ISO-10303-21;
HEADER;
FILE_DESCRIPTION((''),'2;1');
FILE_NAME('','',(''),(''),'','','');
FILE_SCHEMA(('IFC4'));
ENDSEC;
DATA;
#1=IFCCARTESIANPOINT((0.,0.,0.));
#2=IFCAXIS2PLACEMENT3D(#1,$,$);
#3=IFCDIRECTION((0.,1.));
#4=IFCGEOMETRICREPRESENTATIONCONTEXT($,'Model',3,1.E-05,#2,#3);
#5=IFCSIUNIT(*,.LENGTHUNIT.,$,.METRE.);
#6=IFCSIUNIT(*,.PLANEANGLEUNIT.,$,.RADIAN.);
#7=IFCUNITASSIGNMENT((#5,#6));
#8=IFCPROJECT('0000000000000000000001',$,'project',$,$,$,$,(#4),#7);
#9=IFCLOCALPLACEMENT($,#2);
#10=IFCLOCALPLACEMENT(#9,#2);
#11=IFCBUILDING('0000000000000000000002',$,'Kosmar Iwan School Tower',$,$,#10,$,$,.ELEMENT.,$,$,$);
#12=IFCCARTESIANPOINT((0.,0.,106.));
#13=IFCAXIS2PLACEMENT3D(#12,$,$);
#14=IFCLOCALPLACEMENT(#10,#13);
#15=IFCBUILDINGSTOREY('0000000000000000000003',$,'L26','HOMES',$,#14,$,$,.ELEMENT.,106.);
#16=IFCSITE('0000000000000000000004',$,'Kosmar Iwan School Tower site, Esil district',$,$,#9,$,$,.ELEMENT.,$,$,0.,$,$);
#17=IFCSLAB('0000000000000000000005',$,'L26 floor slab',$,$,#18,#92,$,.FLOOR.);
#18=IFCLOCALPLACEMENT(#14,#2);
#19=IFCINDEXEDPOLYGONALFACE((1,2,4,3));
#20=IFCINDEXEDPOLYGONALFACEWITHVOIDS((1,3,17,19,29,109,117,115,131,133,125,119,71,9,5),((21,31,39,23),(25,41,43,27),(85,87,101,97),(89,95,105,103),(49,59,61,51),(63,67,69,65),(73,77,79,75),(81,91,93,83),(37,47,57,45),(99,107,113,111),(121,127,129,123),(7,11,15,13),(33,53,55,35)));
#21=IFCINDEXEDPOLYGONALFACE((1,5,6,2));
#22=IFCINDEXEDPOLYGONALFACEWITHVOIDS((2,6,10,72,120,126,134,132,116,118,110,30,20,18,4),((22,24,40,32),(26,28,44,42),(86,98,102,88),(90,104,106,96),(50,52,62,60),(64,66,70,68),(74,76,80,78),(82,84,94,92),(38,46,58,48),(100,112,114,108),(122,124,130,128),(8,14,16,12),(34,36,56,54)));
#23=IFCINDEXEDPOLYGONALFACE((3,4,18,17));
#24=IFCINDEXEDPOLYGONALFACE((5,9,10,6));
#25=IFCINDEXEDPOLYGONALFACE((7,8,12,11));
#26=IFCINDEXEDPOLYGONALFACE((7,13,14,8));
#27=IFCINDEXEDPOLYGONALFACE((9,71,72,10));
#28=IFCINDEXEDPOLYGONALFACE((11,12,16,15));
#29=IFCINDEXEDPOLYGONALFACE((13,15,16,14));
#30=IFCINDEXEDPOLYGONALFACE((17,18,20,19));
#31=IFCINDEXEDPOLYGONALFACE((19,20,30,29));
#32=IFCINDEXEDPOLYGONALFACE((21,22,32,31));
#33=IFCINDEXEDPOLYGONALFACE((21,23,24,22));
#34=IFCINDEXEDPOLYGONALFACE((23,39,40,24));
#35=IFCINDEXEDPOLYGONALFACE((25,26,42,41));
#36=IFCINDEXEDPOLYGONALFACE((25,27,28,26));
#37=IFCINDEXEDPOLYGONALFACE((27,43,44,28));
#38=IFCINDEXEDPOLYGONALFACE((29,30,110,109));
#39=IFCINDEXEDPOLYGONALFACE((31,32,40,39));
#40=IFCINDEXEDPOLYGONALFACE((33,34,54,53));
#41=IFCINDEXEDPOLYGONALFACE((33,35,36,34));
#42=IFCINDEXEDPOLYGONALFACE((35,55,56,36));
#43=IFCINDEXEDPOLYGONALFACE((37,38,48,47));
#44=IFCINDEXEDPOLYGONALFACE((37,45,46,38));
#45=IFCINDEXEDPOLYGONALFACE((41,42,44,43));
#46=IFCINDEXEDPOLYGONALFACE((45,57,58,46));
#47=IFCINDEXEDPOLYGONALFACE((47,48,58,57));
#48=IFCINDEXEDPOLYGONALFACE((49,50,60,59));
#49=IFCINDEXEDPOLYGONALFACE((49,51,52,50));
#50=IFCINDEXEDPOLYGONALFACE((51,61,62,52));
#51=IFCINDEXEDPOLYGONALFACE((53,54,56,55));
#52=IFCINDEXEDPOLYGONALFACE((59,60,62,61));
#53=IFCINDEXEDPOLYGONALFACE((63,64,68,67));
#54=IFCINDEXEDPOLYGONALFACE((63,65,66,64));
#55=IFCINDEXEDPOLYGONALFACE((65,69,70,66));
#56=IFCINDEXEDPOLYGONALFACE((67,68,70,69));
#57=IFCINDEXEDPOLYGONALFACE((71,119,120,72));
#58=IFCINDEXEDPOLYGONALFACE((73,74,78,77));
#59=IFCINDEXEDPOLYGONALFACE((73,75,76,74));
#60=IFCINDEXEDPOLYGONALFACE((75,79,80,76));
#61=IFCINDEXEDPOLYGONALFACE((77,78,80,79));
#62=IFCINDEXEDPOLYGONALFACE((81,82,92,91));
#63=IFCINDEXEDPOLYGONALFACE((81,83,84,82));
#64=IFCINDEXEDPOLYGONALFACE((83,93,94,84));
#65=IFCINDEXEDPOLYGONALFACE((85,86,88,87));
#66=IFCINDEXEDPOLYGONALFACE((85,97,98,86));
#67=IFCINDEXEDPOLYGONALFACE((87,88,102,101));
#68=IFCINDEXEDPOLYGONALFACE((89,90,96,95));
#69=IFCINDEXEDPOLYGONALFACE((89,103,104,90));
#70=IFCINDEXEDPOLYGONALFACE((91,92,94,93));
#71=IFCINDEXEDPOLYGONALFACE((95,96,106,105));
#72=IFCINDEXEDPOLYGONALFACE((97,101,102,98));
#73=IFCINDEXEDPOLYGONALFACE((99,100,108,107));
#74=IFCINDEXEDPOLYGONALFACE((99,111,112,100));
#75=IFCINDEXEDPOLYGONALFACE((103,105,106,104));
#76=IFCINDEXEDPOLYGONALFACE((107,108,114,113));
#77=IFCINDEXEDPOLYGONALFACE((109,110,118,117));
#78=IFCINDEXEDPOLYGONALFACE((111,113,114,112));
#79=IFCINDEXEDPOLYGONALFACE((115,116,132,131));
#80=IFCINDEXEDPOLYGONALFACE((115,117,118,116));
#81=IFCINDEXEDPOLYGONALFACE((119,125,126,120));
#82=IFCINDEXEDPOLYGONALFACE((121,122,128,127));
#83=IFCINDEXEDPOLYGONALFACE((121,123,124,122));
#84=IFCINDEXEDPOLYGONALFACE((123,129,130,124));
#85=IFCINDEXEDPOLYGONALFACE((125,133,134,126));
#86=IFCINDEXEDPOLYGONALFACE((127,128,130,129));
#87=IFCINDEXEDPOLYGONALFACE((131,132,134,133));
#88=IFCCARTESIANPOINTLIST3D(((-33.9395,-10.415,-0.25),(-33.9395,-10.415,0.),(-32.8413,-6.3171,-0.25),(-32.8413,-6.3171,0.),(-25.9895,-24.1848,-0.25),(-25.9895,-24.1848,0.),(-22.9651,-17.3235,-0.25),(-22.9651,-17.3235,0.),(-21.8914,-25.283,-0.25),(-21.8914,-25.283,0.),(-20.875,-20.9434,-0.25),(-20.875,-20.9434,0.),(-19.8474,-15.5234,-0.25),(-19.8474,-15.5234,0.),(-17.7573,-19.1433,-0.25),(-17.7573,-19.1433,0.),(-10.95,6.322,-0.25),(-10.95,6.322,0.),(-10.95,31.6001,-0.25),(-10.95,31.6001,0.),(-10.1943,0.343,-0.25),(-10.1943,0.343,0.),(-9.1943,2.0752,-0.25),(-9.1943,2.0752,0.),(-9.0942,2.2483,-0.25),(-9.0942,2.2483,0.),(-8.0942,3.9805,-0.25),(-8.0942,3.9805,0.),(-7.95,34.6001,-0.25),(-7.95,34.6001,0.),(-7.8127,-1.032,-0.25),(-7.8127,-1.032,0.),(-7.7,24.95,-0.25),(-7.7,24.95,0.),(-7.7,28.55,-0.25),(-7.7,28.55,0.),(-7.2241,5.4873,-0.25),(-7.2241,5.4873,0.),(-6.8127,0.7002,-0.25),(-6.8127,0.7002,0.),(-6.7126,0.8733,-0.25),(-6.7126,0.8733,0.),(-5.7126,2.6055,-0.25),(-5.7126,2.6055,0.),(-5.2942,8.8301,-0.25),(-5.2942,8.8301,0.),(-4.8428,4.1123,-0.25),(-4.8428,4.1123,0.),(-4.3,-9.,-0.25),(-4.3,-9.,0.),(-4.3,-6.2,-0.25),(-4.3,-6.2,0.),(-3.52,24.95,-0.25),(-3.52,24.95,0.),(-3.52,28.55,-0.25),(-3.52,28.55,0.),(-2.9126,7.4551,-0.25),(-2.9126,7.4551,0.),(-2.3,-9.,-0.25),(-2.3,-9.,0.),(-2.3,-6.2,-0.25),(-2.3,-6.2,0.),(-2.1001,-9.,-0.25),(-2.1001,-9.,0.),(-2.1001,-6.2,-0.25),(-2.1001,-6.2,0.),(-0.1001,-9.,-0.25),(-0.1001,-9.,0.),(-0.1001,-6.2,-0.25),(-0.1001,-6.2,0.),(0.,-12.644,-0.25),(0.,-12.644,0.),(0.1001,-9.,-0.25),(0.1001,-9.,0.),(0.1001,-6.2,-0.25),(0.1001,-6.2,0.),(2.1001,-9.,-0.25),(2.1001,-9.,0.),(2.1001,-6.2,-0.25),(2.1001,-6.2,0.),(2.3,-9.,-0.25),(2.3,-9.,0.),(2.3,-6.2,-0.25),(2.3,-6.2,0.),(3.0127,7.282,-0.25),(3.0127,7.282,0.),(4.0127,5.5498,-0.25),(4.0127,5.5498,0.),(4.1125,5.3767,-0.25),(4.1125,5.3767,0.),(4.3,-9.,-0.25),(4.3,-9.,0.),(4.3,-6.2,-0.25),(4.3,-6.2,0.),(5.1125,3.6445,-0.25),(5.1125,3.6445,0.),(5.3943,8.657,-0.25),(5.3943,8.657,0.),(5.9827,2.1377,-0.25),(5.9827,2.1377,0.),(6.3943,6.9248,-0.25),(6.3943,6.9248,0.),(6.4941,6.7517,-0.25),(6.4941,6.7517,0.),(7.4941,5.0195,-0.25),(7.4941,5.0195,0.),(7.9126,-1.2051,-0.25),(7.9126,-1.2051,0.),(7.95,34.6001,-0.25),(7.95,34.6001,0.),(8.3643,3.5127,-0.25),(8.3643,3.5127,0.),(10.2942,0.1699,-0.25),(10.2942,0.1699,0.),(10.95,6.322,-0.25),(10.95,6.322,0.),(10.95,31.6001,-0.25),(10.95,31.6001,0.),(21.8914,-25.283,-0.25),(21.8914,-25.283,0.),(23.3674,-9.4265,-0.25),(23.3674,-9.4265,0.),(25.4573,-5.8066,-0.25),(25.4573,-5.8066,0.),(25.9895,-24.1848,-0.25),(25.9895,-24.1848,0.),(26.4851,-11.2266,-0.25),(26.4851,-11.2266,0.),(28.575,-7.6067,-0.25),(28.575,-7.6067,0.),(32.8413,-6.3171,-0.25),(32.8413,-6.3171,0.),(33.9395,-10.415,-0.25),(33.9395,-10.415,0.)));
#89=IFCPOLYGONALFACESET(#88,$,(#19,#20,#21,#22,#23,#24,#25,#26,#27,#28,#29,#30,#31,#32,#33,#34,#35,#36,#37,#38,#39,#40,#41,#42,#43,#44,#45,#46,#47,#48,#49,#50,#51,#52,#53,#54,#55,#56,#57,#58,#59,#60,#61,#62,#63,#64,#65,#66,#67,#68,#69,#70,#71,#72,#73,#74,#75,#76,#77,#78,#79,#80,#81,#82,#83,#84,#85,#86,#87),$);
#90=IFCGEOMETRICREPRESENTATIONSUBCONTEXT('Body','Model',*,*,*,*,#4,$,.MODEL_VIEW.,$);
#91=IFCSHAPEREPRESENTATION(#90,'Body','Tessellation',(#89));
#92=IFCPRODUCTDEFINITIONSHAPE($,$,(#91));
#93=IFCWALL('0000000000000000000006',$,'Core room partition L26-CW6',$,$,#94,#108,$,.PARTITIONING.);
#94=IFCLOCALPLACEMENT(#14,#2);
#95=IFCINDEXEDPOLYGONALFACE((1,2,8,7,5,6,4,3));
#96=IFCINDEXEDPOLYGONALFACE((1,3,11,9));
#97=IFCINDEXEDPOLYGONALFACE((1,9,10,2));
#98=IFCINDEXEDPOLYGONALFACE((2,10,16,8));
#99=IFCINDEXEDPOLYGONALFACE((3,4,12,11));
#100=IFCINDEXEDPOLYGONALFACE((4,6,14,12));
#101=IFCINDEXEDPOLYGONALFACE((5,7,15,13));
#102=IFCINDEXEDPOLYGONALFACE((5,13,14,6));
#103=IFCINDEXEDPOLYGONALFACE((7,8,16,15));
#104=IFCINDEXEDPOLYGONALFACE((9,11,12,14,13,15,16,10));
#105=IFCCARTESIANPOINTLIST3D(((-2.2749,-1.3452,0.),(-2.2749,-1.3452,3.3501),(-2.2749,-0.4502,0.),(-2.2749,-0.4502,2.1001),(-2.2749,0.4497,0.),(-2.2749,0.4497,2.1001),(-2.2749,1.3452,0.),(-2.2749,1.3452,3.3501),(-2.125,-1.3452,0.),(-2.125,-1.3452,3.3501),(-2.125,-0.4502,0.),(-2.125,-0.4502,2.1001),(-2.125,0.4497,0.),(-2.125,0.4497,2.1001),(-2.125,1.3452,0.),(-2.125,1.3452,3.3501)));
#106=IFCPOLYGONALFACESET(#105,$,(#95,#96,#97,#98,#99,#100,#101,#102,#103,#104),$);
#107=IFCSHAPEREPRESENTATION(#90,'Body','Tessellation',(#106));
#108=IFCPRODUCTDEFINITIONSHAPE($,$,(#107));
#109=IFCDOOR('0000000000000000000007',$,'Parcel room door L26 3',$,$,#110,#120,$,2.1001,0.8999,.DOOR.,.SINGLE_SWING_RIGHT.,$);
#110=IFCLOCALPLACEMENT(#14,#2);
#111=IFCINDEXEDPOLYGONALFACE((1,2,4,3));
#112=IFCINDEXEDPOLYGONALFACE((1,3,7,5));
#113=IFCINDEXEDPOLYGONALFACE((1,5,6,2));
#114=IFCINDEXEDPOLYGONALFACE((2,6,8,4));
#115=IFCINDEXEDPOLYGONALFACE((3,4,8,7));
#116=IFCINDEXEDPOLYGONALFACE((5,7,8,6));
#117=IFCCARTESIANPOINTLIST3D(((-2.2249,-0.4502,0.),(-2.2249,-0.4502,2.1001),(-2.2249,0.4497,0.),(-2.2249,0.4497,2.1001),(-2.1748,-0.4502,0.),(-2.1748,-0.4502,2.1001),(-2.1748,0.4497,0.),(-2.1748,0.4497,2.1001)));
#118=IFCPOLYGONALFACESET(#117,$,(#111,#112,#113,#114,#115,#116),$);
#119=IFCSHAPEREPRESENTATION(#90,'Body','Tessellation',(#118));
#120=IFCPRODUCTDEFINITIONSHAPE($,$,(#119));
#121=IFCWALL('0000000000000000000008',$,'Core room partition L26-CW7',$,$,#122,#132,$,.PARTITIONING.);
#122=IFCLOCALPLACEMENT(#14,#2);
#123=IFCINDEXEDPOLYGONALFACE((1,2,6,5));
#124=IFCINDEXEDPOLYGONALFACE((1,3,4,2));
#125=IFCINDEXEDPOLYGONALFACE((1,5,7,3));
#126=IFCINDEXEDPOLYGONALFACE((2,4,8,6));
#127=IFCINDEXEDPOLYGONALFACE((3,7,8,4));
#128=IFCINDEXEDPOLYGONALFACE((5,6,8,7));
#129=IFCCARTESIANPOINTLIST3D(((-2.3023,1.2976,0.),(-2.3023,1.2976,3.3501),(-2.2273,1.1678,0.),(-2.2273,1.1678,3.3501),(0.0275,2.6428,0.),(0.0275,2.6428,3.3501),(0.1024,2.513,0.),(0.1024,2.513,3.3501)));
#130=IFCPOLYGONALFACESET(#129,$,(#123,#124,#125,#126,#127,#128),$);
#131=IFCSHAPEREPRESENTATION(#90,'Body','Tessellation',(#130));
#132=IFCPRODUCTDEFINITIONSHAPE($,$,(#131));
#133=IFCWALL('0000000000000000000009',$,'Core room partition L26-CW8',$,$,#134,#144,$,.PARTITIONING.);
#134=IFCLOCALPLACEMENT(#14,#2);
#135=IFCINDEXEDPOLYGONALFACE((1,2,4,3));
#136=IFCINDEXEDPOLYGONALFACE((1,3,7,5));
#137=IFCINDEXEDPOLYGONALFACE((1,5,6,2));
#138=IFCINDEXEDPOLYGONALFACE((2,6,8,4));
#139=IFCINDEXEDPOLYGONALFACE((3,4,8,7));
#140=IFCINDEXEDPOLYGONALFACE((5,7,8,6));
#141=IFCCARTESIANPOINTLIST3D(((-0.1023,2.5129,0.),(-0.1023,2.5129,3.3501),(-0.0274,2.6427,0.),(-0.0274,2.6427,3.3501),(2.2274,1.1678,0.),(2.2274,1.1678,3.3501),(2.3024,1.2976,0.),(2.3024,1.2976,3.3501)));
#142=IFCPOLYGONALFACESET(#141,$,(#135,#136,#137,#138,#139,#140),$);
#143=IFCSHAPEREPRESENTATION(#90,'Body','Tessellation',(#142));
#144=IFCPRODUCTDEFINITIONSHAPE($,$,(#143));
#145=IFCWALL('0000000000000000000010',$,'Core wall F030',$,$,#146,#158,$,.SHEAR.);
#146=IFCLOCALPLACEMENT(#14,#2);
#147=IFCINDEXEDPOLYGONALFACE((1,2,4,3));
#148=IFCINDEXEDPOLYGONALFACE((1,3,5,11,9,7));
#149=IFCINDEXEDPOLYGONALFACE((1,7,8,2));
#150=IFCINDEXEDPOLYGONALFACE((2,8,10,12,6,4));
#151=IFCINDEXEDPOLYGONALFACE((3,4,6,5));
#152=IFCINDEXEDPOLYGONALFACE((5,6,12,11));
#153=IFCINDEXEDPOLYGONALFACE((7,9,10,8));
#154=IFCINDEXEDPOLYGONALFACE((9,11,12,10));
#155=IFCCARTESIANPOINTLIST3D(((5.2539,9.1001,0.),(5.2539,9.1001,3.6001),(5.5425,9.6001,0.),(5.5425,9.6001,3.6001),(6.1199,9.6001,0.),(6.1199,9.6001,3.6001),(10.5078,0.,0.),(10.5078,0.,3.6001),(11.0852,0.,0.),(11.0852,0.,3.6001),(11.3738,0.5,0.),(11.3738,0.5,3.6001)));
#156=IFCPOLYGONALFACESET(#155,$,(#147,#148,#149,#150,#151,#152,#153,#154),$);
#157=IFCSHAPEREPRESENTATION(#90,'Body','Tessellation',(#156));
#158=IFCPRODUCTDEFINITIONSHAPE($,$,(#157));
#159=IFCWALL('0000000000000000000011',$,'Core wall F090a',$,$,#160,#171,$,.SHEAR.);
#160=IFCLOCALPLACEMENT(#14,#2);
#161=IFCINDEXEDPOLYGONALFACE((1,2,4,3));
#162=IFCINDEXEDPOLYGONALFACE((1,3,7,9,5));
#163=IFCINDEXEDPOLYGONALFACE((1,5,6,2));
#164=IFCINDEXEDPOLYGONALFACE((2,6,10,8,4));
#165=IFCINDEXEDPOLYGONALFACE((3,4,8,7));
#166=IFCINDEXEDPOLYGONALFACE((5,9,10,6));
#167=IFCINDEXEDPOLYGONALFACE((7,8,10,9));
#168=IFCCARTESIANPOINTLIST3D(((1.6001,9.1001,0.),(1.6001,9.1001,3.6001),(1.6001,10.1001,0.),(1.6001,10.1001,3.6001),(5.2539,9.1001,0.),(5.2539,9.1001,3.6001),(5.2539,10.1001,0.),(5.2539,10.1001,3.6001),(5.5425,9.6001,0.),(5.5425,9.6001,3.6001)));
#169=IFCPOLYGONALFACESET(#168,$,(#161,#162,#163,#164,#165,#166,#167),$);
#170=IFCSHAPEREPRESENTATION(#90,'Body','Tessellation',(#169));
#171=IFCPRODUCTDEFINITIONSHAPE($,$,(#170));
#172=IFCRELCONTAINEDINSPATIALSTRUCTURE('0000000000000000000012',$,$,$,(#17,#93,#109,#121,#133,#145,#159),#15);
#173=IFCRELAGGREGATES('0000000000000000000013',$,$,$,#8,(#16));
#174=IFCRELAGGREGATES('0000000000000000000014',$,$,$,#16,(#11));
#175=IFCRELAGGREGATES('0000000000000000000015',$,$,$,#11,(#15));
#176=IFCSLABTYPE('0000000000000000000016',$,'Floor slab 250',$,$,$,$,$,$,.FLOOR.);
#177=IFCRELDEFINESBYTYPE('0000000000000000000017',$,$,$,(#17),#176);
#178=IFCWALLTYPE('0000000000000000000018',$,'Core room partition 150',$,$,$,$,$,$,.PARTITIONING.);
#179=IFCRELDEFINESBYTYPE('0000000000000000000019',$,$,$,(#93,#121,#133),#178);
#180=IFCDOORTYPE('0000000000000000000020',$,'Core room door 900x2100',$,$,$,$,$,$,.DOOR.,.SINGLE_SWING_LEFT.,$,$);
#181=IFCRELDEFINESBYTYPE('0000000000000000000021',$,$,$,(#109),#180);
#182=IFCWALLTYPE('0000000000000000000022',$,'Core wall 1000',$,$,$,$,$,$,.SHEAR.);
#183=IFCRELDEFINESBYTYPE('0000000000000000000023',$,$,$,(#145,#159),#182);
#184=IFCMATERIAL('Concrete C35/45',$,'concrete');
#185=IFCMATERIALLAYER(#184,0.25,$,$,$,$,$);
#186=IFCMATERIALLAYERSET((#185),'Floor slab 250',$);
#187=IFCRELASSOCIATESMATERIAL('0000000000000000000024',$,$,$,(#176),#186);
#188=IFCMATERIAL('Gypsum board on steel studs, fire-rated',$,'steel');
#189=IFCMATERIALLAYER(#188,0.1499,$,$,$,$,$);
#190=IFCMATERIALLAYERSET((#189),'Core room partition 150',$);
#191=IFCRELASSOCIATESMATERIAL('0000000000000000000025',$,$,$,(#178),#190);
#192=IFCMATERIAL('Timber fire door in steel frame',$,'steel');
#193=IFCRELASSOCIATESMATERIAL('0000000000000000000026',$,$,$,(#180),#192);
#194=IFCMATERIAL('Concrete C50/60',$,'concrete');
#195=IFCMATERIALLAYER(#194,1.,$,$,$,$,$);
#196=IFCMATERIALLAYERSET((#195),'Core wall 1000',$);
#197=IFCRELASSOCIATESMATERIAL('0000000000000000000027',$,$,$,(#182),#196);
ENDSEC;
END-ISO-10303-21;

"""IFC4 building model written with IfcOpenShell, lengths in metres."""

from ifc_helpers import new_model, si_unit, direction, frame, frame_2d, origin, place, context, subcontext, project, spatial, polyline, rectangle, outline, extrude, material, layer, layer_set, type_object, element, fill, save


model = new_model("IFC4")

# Units and contexts
model_context = context("Model", 3, precision=1e-05, world=origin(), true_north=direction((0.0, 1.0)))
body_context = subcontext(model_context, "Body", "Model", "MODEL_VIEW")
ifc_project = project(units=[si_unit("LENGTHUNIT", "METRE"), si_unit("PLANEANGLEUNIT", "RADIAN")], contexts=[model_context])

# Site, building, storey
site_placement = place(None, origin())
site = spatial("IfcSite", under=ifc_project, at=site_placement, Name="Kosmar Iwan School Tower site, Esil district", CompositionType="ELEMENT", RefElevation=0.0)
building_placement = place(site_placement, origin())
building = spatial("IfcBuilding", under=site, at=building_placement, Name="Kosmar Iwan School Tower", CompositionType="ELEMENT")
storey_placement = place(building_placement, frame((0.0, 0.0, 106.0)))
storey = spatial("IfcBuildingStorey", under=building, at=storey_placement, Name="L26", Description="HOMES", CompositionType="ELEMENT", Elevation=106.0)

# Slab
ifc_material_1 = material(Name="Concrete C35/45", Category="concrete")
ifc_layer_1 = layer(ifc_material_1, 0.25)
ifc_layer_set_1 = layer_set([ifc_layer_1], Name="Floor slab 250")
slab_type = type_object("IfcSlabType", Name="Floor slab 250", PredefinedType="FLOOR", material=ifc_layer_set_1)
slab_placement = place(storey_placement, frame((0.0, 0.0, -0.25)))
element("IfcSlab", 1, at=slab_placement, inside=storey, type_object=slab_type, Name="L26 floor slab", PredefinedType="FLOOR", context=body_context, shape_type="SweptSolid", body=[
    extrude(outline(polyline([(-21.8914, -25.283), (0.0, -12.644), (21.8914, -25.283), (25.9895, -24.1848), (33.9395, -10.415), (32.8413, -6.3171), (10.95, 6.322), (10.95, 31.6001), (7.95, 34.6001), (-7.95, 34.6001), (-10.95, 31.6001), (-10.95, 6.322), (-32.8413, -6.3171), (-33.9395, -10.415), (-25.9895, -24.1848), (-21.8914, -25.283)]), holes=[polyline([(7.9126, -1.2051), (10.2942, 0.1699), (8.3643, 3.5127), (5.9827, 2.1377), (7.9126, -1.2051)]), polyline([(-2.9126, 7.4551), (-5.2942, 8.8301), (-7.2241, 5.4873), (-4.8428, 4.1123), (-2.9126, 7.4551)]), polyline([(-5.7126, 2.6055), (-8.0942, 3.9805), (-9.0942, 2.2483), (-6.7126, 0.8733), (-5.7126, 2.6055)]), polyline([(-6.8127, 0.7002), (-9.1943, 2.0752), (-10.1943, 0.343), (-7.8127, -1.032), (-6.8127, 0.7002)]), polyline([(5.1125, 3.6445), (7.4941, 5.0195), (6.4941, 6.7517), (4.1125, 5.3767), (5.1125, 3.6445)]), polyline([(4.0127, 5.5498), (6.3943, 6.9248), (5.3943, 8.657), (3.0127, 7.282), (4.0127, 5.5498)]), polyline([(-4.3, -6.2), (-4.3, -9.0), (-2.3, -9.0), (-2.3, -6.2), (-4.3, -6.2)]), polyline([(-2.1001, -6.2), (-2.1001, -9.0), (-0.1001, -9.0), (-0.1001, -6.2), (-2.1001, -6.2)]), polyline([(0.1001, -6.2), (0.1001, -9.0), (2.1001, -9.0), (2.1001, -6.2), (0.1001, -6.2)]), polyline([(2.3, -6.2), (2.3, -9.0), (4.3, -9.0), (4.3, -6.2), (2.3, -6.2)]), polyline([(-3.52, 24.95), (-3.52, 28.55), (-7.7, 28.55), (-7.7, 24.95), (-3.52, 24.95)]), polyline([(-19.8474, -15.5234), (-22.9651, -17.3235), (-20.875, -20.9434), (-17.7573, -19.1433), (-19.8474, -15.5234)]), polyline([(23.3674, -9.4265), (26.4851, -11.2266), (28.575, -7.6067), (25.4573, -5.8066), (23.3674, -9.4265)])]), origin(), (0.0, 0.0, 1.0), 0.25),
])

# Wall, opening, door
ifc_material_2 = material(Name="Gypsum board on steel studs, fire-rated", Category="steel")
ifc_layer_2 = layer(ifc_material_2, 0.1499)
ifc_layer_set_2 = layer_set([ifc_layer_2], Name="Core room partition 150")
wall_type_1 = type_object("IfcWallType", Name="Core room partition 150", PredefinedType="PARTITIONING", material=ifc_layer_set_2)
wall_1_placement = place(storey_placement, frame((-2.2, -1.3452, 0.0), z_axis=(0.0, 0.0, 1.0), x_axis=(0.0, 1.0, 0.0)))
wall_1 = element("IfcWall", 2, at=wall_1_placement, inside=storey, type_object=wall_type_1, Name="Core room partition L26-CW6", PredefinedType="PARTITIONING", context=body_context, shape_type="SweptSolid", body=[
    extrude(rectangle(XDim=2.6904, YDim=0.1499, at=frame_2d((1.3452, 0.0))), origin(), (0.0, 0.0, 1.0), 3.3501),
])
opening_placement = place(wall_1_placement, frame((0.895, 0.0, 0.0)))
opening = element("IfcOpeningElement", 3, at=opening_placement, cuts=wall_1, PredefinedType="OPENING", context=body_context, shape_type="SweptSolid", body=[
    extrude(rectangle(XDim=0.8999, YDim=2.1001, at=frame_2d((0.45, 1.05))), frame((0.0, 0.0869, 0.0), z_axis=(0.0, -1.0, 0.0), x_axis=(1.0, 0.0, 0.0)), (0.0, 0.0, 1.0), 0.1738),
])
ifc_material_3 = material(Name="Timber fire door in steel frame", Category="steel")
door_type = type_object("IfcDoorType", Name="Core room door 900x2100", OperationType="SINGLE_SWING_LEFT", PredefinedType="DOOR", material=ifc_material_3)
door_placement = place(opening_placement, origin())
door = element("IfcDoor", 4, at=door_placement, inside=storey, type_object=door_type, Name="Parcel room door L26 3", OperationType="SINGLE_SWING_RIGHT", OverallHeight=2.1001, OverallWidth=0.8999, PredefinedType="DOOR", context=body_context, shape_type="SweptSolid", body=[
    extrude(rectangle(XDim=0.8999, YDim=2.1001, at=frame_2d((0.45, 1.05))), frame((0.0, 0.0249, 0.0), z_axis=(0.0, -1.0, 0.0), x_axis=(1.0, 0.0, 0.0)), (0.0, 0.0, 1.0), 0.05),
])
fill(opening, door)

# Walls
for number, where, z_axis, x_axis, name in (
    (5, (-2.2649, 1.2327, 0.0), (0.0, 0.0, 1.0), (0.866012, 0.500024, 0.0), "Core room partition L26-CW7"),
    (6, (-0.0649, 2.5779, 0.0), (0.0, 0.0, 1.0), (0.866012, -0.500024, 0.0), "Core room partition L26-CW8"),
):
    element("IfcWall", number, at=place(storey_placement, frame(where, z_axis=z_axis, x_axis=x_axis)), inside=storey, type_object=wall_type_1, Name=name, PredefinedType="PARTITIONING", context=body_context, shape_type="SweptSolid", body=[
        extrude(rectangle(XDim=2.6902, YDim=0.1499, at=frame_2d((1.3452, 0.0))), origin(), (0.0, 0.0, 1.0), 3.3501),
    ])
ifc_material_4 = material(Name="Concrete C50/60", Category="concrete")
ifc_layer_3 = layer(ifc_material_4, 1.0)
ifc_layer_set_3 = layer_set([ifc_layer_3], Name="Core wall 1000")
wall_type_2 = type_object("IfcWallType", Name="Core wall 1000", PredefinedType="SHEAR", material=ifc_layer_set_3)
wall_2_placement = place(storey_placement, origin())
element("IfcWall", 7, at=wall_2_placement, inside=storey, type_object=wall_type_2, Name="Core wall F030", PredefinedType="SHEAR", context=body_context, shape_type="SweptSolid", body=[
    extrude(outline(polyline([(10.5078, 0.0), (11.0852, 0.0), (11.3738, 0.5), (6.1199, 9.6001), (5.5425, 9.6001), (5.2539, 9.1001), (10.5078, 0.0)])), origin(), (0.0, 0.0, 1.0), 3.6001),
])
wall_3_placement = place(storey_placement, origin())
element("IfcWall", 8, at=wall_3_placement, inside=storey, type_object=wall_type_2, Name="Core wall F090a", PredefinedType="SHEAR", context=body_context, shape_type="SweptSolid", body=[
    extrude(outline(polyline([(1.6001, 9.1001), (5.2539, 9.1001), (5.5425, 9.6001), (5.2539, 10.1001), (1.6001, 10.1001), (1.6001, 9.1001)])), origin(), (0.0, 0.0, 1.0), 3.6001),
])

save(model, "model.ifc")
